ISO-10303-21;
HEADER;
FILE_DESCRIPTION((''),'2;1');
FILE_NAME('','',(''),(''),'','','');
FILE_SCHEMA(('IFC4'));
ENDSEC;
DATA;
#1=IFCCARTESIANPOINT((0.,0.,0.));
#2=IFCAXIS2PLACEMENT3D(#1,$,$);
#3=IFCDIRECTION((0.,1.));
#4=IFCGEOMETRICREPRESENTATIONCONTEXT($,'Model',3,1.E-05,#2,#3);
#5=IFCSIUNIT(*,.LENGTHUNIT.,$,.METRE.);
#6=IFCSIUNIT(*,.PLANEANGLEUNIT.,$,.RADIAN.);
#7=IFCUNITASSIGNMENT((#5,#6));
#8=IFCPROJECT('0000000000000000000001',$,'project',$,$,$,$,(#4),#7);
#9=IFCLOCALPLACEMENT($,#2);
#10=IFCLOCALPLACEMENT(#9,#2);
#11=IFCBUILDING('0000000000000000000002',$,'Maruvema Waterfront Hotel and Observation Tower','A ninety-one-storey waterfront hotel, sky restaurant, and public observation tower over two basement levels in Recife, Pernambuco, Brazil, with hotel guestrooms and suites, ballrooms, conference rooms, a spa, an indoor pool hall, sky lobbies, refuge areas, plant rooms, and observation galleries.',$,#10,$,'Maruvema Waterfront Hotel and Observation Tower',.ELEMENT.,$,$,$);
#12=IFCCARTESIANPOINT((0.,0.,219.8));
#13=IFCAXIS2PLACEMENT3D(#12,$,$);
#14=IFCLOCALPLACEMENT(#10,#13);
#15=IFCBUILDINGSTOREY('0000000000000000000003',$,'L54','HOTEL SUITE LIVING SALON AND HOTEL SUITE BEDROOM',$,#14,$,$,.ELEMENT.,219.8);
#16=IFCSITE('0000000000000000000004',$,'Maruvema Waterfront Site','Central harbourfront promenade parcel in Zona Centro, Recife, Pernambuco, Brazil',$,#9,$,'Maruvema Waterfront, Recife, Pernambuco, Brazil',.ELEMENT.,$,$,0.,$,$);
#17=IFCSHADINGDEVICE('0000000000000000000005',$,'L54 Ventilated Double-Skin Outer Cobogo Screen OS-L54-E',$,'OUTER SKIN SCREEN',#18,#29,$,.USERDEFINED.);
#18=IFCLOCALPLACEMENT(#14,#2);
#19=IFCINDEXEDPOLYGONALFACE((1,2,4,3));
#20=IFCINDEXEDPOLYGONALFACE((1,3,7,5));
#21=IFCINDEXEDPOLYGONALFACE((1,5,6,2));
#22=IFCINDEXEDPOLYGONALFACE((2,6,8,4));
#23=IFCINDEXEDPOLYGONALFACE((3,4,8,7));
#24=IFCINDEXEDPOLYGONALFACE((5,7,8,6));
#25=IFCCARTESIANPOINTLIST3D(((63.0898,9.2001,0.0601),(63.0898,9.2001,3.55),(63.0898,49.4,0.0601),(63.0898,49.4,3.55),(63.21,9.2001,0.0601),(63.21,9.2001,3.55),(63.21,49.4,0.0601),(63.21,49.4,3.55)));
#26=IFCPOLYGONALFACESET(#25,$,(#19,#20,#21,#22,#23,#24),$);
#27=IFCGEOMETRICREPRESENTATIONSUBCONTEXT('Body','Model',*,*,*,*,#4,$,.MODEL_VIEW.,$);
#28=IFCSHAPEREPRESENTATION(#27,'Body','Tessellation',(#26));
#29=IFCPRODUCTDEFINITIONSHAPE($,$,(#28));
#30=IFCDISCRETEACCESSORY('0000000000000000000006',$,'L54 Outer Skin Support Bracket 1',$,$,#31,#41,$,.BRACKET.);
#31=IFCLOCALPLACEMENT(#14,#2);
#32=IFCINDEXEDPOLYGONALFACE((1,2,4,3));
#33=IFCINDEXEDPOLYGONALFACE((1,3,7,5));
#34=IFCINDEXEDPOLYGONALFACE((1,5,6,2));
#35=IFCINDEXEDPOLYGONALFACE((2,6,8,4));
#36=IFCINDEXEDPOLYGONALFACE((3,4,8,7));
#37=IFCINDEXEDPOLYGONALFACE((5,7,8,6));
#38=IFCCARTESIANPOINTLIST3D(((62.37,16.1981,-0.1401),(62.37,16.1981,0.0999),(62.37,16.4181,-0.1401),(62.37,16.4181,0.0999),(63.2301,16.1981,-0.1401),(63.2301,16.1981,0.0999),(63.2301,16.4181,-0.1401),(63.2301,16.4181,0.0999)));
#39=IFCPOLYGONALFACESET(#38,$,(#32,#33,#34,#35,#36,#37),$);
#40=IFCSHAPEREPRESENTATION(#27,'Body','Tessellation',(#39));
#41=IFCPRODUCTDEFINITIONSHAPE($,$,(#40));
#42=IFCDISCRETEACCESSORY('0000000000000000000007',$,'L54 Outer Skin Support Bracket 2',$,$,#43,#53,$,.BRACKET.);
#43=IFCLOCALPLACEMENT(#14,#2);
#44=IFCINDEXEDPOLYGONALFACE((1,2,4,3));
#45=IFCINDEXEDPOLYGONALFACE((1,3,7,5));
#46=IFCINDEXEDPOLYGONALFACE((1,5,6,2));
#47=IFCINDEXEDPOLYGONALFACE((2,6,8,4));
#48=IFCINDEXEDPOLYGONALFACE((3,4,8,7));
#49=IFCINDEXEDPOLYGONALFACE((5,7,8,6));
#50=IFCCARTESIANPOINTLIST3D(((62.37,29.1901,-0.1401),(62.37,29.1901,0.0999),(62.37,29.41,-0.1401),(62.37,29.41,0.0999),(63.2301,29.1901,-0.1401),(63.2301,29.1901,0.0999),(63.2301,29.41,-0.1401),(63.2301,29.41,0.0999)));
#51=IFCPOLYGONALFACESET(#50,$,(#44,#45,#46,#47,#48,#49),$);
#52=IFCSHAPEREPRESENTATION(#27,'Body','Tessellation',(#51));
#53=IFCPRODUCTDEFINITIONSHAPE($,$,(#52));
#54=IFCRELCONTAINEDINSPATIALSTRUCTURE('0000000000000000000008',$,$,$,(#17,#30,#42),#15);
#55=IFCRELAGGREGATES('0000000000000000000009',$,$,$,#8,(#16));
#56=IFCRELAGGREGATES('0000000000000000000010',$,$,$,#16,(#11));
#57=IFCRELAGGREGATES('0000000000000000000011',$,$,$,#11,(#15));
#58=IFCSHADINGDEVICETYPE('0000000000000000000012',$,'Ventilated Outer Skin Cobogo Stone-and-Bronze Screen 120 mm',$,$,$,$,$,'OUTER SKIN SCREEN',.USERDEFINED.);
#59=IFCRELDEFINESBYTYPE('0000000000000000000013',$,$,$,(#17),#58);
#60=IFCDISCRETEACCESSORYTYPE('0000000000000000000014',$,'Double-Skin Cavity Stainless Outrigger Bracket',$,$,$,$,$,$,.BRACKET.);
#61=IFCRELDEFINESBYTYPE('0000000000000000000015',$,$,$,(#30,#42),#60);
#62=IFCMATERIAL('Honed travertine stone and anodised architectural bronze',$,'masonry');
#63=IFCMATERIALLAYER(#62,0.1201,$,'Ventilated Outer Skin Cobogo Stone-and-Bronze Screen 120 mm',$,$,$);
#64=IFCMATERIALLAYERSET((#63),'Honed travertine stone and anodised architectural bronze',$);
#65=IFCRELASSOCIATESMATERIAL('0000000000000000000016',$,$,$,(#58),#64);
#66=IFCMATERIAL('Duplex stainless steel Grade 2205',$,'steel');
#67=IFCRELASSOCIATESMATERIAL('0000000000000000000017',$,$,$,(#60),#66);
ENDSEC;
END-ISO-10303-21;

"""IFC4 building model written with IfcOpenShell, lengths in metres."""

from ifc_helpers import new_model, si_unit, direction, frame, origin, origin_2d, place, context, subcontext, project, spatial, rectangle, extrude, material, layer, layer_set, type_object, element, save


model = new_model("IFC4")

# Units and contexts
model_context = context("Model", 3, precision=1e-05, world=origin(), true_north=direction((0.0, 1.0)))
body_context = subcontext(model_context, "Body", "Model", "MODEL_VIEW")
ifc_project = project(units=[si_unit("LENGTHUNIT", "METRE"), si_unit("PLANEANGLEUNIT", "RADIAN")], contexts=[model_context])

# Site, building, storey
site_placement = place(None, origin())
site = spatial("IfcSite", under=ifc_project, at=site_placement, Name="Maruvema Waterfront Site", Description="Central harbourfront promenade parcel in Zona Centro, Recife, Pernambuco, Brazil", LongName="Maruvema Waterfront, Recife, Pernambuco, Brazil", CompositionType="ELEMENT", RefElevation=0.0)
building_placement = place(site_placement, origin())
building = spatial("IfcBuilding", under=site, at=building_placement, Name="Maruvema Waterfront Hotel and Observation Tower", Description="A ninety-one-storey waterfront hotel, sky restaurant, and public observation tower over two basement levels in Recife, Pernambuco, Brazil, with hotel guestrooms and suites, ballrooms, conference rooms, a spa, an indoor pool hall, sky lobbies, refuge areas, plant rooms, and observation galleries.", LongName="Maruvema Waterfront Hotel and Observation Tower", CompositionType="ELEMENT")
storey_placement = place(building_placement, frame((0.0, 0.0, 219.8)))
storey = spatial("IfcBuildingStorey", under=building, at=storey_placement, Name="L54", Description="HOTEL SUITE LIVING SALON AND HOTEL SUITE BEDROOM", CompositionType="ELEMENT", Elevation=219.8)

# Shading device
ifc_material_1 = material(Name="Honed travertine stone and anodised architectural bronze", Category="masonry")
ifc_layer_1 = layer(ifc_material_1, 0.1201, Name="Ventilated Outer Skin Cobogo Stone-and-Bronze Screen 120 mm")
ifc_layer_set_1 = layer_set([ifc_layer_1], Name="Honed travertine stone and anodised architectural bronze")
shading_device_type = type_object("IfcShadingDeviceType", Name="Ventilated Outer Skin Cobogo Stone-and-Bronze Screen 120 mm", ElementType="OUTER SKIN SCREEN", PredefinedType="USERDEFINED", material=ifc_layer_set_1)
shading_device_placement = place(storey_placement, frame((63.1499, 29.3, 0.0601), z_axis=(0.0, 0.0, 1.0), x_axis=(0.0, 1.0, 0.0)))
element("IfcShadingDevice", 1, at=shading_device_placement, inside=storey, type_object=shading_device_type, Name="L54 Ventilated Double-Skin Outer Cobogo Screen OS-L54-E", ObjectType="OUTER SKIN SCREEN", PredefinedType="USERDEFINED", context=body_context, shape_type="SweptSolid", body=[
    extrude(rectangle(XDim=40.2, YDim=0.1201, at=origin_2d()), origin(), (0.0, 0.0, 1.0), 3.49),
])

# Discrete accessories
ifc_material_2 = material(Name="Duplex stainless steel Grade 2205", Category="steel")
discrete_accessory_type = type_object("IfcDiscreteAccessoryType", Name="Double-Skin Cavity Stainless Outrigger Bracket", PredefinedType="BRACKET", material=ifc_material_2)
for number, where, z_axis, x_axis, name in (
    (2, (62.8, 16.3081, -0.1401), (0.0, 0.0, 1.0), (0.0, 1.0, 0.0), "L54 Outer Skin Support Bracket 1"),
    (3, (62.8, 29.3, -0.1401), (0.0, 0.0, 1.0), (0.0, 1.0, 0.0), "L54 Outer Skin Support Bracket 2"),
):
    element("IfcDiscreteAccessory", number, at=place(storey_placement, frame(where, z_axis=z_axis, x_axis=x_axis)), inside=storey, type_object=discrete_accessory_type, Name=name, PredefinedType="BRACKET", context=body_context, shape_type="SweptSolid", body=[
        extrude(rectangle(XDim=0.22, YDim=0.8601, at=origin_2d()), origin(), (0.0, 0.0, 1.0), 0.24),
    ])

save(model, "model.ifc")
